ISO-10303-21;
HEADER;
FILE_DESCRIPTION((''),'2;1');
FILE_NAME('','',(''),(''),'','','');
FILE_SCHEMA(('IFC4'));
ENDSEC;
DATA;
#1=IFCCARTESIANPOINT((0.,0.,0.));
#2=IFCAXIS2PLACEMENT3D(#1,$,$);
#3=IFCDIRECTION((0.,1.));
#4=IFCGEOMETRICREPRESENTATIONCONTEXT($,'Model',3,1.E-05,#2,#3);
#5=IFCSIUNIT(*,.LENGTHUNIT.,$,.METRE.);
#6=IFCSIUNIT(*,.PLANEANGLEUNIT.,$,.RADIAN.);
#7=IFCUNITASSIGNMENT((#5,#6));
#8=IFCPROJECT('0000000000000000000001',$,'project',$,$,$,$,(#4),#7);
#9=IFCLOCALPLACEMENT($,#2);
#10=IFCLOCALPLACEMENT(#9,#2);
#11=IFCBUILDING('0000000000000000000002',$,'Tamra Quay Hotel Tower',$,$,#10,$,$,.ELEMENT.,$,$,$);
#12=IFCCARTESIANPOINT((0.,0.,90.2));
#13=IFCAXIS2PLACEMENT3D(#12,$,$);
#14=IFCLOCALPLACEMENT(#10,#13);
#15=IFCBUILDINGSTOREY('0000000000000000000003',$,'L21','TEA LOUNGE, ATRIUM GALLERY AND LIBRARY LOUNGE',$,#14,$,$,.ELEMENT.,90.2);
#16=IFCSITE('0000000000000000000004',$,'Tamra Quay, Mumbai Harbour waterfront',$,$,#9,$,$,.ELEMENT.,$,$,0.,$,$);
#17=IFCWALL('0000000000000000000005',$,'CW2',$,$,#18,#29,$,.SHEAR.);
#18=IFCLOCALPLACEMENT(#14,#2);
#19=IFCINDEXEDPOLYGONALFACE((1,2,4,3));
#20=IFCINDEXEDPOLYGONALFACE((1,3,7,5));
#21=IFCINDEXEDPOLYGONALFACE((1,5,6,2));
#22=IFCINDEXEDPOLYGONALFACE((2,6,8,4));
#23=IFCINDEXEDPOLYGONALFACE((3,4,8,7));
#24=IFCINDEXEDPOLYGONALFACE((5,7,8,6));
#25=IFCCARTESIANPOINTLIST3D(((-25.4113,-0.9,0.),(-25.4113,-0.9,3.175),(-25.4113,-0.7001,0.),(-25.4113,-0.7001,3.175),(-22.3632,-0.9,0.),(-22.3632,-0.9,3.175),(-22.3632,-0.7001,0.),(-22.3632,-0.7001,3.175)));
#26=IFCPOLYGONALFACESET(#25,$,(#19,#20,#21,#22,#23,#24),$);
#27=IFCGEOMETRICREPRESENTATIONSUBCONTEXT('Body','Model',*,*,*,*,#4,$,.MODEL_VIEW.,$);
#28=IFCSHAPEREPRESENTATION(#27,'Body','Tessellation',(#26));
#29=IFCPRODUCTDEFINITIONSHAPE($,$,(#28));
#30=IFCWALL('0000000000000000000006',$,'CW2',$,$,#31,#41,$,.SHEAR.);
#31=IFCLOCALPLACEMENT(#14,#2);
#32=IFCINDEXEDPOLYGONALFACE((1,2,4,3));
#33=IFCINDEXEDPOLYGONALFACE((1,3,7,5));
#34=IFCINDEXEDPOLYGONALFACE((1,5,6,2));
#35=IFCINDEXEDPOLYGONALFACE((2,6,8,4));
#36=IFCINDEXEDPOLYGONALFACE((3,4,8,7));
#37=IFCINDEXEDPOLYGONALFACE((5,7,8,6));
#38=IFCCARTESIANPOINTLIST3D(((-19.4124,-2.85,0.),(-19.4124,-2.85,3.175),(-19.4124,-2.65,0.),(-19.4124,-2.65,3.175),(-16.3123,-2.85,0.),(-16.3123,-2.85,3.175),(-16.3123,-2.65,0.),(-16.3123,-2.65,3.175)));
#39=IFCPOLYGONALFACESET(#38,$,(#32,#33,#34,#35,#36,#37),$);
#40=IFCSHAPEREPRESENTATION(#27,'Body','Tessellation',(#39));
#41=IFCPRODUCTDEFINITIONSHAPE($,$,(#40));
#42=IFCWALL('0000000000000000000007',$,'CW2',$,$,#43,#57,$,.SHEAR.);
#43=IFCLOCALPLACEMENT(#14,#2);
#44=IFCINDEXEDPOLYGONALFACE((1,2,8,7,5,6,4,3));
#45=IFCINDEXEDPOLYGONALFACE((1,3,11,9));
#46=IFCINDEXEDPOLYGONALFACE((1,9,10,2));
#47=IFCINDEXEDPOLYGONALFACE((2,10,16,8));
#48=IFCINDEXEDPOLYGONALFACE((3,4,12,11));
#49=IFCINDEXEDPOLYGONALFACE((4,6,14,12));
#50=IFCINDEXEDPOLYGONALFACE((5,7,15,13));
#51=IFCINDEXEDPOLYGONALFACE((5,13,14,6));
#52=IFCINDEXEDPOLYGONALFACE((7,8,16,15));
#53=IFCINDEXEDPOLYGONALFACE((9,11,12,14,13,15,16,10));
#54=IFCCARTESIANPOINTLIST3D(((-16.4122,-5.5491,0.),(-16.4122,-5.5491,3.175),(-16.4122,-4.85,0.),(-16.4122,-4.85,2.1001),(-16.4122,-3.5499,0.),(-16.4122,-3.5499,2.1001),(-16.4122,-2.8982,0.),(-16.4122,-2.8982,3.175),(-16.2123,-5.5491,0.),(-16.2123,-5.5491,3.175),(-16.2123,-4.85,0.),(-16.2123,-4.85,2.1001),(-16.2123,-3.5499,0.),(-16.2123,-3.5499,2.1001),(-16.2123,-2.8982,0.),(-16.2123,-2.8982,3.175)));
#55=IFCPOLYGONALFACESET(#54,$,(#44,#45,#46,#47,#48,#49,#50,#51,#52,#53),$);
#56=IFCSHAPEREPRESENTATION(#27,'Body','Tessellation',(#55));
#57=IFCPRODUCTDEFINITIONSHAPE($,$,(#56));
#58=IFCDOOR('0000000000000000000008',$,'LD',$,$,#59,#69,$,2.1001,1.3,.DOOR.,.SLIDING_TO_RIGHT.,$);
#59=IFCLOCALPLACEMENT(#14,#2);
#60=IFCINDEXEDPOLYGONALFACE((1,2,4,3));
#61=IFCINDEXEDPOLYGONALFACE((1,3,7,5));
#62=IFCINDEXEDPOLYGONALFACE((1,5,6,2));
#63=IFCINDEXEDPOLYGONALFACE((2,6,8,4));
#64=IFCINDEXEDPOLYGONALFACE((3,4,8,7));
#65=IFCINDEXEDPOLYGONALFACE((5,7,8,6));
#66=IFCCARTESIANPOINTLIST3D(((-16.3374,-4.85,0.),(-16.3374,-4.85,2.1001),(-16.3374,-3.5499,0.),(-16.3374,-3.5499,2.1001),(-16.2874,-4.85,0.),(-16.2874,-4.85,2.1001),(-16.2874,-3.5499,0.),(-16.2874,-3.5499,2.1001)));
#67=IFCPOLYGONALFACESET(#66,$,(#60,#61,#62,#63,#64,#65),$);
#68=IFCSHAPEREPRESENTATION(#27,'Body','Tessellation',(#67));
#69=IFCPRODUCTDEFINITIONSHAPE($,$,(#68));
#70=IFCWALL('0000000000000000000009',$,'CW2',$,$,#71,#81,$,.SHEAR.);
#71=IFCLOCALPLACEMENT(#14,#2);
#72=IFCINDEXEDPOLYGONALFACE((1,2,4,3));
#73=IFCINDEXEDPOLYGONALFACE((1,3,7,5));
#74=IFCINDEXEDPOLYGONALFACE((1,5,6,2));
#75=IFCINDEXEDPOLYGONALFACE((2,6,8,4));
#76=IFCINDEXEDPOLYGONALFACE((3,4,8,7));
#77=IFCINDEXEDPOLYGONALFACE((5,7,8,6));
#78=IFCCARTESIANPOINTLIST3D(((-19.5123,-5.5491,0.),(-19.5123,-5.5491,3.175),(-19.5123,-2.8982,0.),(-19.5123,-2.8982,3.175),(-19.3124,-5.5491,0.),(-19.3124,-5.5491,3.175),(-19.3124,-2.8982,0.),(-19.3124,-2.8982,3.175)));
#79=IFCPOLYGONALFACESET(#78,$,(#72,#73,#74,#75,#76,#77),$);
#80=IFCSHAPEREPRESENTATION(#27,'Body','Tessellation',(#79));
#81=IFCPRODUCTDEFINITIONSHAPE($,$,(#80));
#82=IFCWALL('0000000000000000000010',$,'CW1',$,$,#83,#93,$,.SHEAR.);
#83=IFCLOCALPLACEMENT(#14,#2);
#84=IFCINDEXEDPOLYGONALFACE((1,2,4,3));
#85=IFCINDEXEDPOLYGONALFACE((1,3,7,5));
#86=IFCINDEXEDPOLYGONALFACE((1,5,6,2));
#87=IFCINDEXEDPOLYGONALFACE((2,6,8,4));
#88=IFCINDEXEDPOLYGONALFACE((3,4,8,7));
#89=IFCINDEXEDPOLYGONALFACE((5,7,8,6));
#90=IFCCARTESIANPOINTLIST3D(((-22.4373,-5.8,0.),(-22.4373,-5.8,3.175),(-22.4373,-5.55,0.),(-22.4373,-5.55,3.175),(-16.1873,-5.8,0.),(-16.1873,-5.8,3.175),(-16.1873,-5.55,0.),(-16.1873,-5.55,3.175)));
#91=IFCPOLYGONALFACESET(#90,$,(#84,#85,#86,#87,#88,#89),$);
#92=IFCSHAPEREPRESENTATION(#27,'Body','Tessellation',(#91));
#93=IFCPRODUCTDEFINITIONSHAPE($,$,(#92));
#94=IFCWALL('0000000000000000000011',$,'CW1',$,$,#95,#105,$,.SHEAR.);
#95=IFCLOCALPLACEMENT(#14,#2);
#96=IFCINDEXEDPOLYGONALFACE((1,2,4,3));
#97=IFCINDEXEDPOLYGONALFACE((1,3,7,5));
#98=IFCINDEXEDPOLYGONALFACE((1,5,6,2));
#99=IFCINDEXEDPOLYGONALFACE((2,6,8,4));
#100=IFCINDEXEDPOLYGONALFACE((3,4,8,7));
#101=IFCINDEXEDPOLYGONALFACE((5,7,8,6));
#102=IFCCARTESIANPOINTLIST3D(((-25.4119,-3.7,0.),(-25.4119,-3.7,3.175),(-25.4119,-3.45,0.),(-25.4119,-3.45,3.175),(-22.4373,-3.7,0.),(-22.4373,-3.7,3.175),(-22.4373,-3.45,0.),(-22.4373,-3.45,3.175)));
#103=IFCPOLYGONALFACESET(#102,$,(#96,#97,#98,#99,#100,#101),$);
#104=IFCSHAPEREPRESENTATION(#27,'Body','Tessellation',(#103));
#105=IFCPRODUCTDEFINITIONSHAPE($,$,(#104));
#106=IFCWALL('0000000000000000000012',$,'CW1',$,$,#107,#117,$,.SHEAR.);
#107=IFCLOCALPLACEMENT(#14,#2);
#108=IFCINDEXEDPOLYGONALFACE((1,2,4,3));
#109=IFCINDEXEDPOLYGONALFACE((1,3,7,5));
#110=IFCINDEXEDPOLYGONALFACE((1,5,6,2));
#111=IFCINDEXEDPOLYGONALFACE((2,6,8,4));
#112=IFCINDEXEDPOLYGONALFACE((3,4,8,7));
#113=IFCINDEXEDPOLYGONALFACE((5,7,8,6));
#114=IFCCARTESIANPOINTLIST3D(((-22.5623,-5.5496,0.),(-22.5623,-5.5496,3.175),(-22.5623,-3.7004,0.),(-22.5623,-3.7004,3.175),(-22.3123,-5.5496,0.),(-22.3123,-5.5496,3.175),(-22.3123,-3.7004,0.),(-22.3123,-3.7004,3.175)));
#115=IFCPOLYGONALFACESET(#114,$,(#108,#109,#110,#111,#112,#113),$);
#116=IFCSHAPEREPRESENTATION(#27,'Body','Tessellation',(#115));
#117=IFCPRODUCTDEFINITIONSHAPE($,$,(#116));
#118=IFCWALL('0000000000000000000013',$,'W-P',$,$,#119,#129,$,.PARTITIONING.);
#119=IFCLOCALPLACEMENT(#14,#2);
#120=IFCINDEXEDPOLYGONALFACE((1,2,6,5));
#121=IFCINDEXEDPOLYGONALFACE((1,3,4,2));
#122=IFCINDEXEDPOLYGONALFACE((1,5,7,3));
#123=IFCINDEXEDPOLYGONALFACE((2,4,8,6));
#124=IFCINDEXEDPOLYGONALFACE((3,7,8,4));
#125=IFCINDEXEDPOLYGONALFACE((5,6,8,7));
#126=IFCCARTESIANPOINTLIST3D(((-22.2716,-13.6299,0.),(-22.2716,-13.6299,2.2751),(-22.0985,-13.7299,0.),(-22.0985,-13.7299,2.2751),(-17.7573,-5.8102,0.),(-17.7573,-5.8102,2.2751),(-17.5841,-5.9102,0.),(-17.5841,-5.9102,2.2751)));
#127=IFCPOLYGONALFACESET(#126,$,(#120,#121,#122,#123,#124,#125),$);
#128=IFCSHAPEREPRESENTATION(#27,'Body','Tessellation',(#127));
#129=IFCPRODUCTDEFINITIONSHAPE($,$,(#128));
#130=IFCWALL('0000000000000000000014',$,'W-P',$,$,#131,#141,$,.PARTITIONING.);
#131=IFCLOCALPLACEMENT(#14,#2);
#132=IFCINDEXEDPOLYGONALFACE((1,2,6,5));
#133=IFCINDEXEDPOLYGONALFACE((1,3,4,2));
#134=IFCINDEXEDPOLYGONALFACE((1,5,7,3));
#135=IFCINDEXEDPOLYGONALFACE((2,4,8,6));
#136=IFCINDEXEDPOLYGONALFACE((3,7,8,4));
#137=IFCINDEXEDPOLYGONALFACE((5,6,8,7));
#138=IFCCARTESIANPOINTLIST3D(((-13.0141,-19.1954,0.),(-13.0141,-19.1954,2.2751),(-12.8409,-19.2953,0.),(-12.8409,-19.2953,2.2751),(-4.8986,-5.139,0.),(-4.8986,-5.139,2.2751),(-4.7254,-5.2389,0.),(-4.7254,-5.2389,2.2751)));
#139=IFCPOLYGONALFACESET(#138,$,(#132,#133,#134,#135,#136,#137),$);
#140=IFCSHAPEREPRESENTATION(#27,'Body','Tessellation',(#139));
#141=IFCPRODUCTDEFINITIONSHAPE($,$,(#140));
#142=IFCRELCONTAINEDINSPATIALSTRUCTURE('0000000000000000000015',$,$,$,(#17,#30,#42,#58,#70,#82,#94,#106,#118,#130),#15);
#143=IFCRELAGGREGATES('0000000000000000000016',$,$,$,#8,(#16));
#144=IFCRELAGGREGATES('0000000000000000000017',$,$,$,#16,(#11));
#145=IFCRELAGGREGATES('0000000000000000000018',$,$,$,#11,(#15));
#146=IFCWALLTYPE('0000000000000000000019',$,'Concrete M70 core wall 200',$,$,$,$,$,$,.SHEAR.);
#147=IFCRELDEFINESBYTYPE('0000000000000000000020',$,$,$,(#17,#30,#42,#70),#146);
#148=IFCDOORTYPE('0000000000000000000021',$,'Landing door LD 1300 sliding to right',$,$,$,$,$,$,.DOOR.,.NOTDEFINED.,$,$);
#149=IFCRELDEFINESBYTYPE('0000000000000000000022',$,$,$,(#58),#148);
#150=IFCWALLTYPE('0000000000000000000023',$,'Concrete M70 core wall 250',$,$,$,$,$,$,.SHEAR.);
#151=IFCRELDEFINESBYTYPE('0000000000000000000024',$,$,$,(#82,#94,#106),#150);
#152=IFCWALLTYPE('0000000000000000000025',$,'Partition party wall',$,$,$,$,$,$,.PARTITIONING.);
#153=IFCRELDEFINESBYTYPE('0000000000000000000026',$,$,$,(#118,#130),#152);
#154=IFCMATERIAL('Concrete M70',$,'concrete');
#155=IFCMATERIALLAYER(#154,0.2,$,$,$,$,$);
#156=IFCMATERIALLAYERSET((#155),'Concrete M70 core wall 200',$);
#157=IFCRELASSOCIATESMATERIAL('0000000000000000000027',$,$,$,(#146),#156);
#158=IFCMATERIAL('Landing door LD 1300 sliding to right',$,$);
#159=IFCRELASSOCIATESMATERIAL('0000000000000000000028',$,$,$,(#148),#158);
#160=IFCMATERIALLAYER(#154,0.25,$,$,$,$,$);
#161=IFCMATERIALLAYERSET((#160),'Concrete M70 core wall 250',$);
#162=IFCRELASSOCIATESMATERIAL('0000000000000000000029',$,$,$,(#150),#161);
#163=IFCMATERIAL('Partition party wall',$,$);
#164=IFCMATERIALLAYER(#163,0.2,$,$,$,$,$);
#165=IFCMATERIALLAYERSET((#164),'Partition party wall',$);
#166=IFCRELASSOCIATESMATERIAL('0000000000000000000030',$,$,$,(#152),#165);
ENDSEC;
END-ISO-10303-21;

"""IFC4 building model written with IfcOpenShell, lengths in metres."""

from ifc_helpers import new_model, si_unit, direction, frame, frame_2d, origin, place, context, subcontext, project, spatial, rectangle, extrude, material, layer, layer_set, type_object, element, fill, save


model = new_model("IFC4")

# Units and contexts
model_context = context("Model", 3, precision=1e-05, world=origin(), true_north=direction((0.0, 1.0)))
body_context = subcontext(model_context, "Body", "Model", "MODEL_VIEW")
ifc_project = project(units=[si_unit("LENGTHUNIT", "METRE"), si_unit("PLANEANGLEUNIT", "RADIAN")], contexts=[model_context])

# Site, building, storey
site_placement = place(None, origin())
site = spatial("IfcSite", under=ifc_project, at=site_placement, Name="Tamra Quay, Mumbai Harbour waterfront", CompositionType="ELEMENT", RefElevation=0.0)
building_placement = place(site_placement, origin())
building = spatial("IfcBuilding", under=site, at=building_placement, Name="Tamra Quay Hotel Tower", CompositionType="ELEMENT")
storey_placement = place(building_placement, frame((0.0, 0.0, 90.2)))
storey = spatial("IfcBuildingStorey", under=building, at=storey_placement, Name="L21", Description="TEA LOUNGE, ATRIUM GALLERY AND LIBRARY LOUNGE", CompositionType="ELEMENT", Elevation=90.2)

# Shared definitions
ifc_material_1 = material(Name="Concrete M70", Category="concrete")

# Walls
ifc_layer_1 = layer(ifc_material_1, 0.2)
ifc_layer_set_1 = layer_set([ifc_layer_1], Name="Concrete M70 core wall 200")
wall_type_1 = type_object("IfcWallType", Name="Concrete M70 core wall 200", PredefinedType="SHEAR", material=ifc_layer_set_1)
wall_1_placement = place(storey_placement, frame((-22.3633, -0.8, 0.0), z_axis=(0.0, 0.0, 1.0), x_axis=(-1.0, 0.0, 0.0)))
element("IfcWall", 1, at=wall_1_placement, inside=storey, type_object=wall_type_1, Name="CW2", PredefinedType="SHEAR", context=body_context, shape_type="SweptSolid", body=[
    extrude(rectangle(XDim=3.0481, YDim=0.2, at=frame_2d((1.5239, 0.0))), origin(), (0.0, 0.0, 1.0), 3.175),
])
wall_2_placement = place(storey_placement, frame((-19.4124, -2.75, 0.0), z_axis=(0.0, 0.0, 1.0), x_axis=(1.0, 0.0, 0.0)))
element("IfcWall", 2, at=wall_2_placement, inside=storey, type_object=wall_type_1, Name="CW2", PredefinedType="SHEAR", context=body_context, shape_type="SweptSolid", body=[
    extrude(rectangle(XDim=3.1001, YDim=0.2, at=frame_2d((1.55, 0.0))), origin(), (0.0, 0.0, 1.0), 3.175),
])

# Wall, opening, door
wall_3_placement = place(storey_placement, frame((-16.3123, -2.8982, 0.0), z_axis=(0.0, 0.0, 1.0), x_axis=(0.0, -1.0, 0.0)))
wall_3 = element("IfcWall", 3, at=wall_3_placement, inside=storey, type_object=wall_type_1, Name="CW2", PredefinedType="SHEAR", context=body_context, shape_type="SweptSolid", body=[
    extrude(rectangle(XDim=2.6509, YDim=0.2, at=frame_2d((1.3254, 0.0))), origin(), (0.0, 0.0, 1.0), 3.175),
])
opening_placement = place(wall_3_placement, frame((0.6519, 0.0, 0.0)))
opening = element("IfcOpeningElement", 4, at=opening_placement, cuts=wall_3, PredefinedType="OPENING", context=body_context, shape_type="SweptSolid", body=[
    extrude(rectangle(XDim=1.3, YDim=2.1001, at=frame_2d((0.6499, 1.05))), frame((0.0, 0.1099, 0.0), z_axis=(0.0, -1.0, 0.0), x_axis=(1.0, 0.0, 0.0)), (0.0, 0.0, 1.0), 0.22),
])
ifc_material_2 = material(Name="Landing door LD 1300 sliding to right")
door_type = type_object("IfcDoorType", Name="Landing door LD 1300 sliding to right", OperationType="NOTDEFINED", PredefinedType="DOOR", material=ifc_material_2)
door_placement = place(opening_placement, origin())
door = element("IfcDoor", 5, at=door_placement, inside=storey, type_object=door_type, Name="LD", OperationType="SLIDING_TO_RIGHT", OverallHeight=2.1001, OverallWidth=1.3, PredefinedType="DOOR", context=body_context, shape_type="SweptSolid", body=[
    extrude(rectangle(XDim=1.3, YDim=2.1001, at=frame_2d((0.6499, 1.05))), frame((0.0, 0.0249, 0.0), z_axis=(0.0, -1.0, 0.0), x_axis=(1.0, 0.0, 0.0)), (0.0, 0.0, 1.0), 0.05),
])
fill(opening, door)

# Walls
wall_4_placement = place(storey_placement, frame((-19.4124, -5.5491, 0.0), z_axis=(0.0, 0.0, 1.0), x_axis=(0.0, 1.0, 0.0)))
element("IfcWall", 6, at=wall_4_placement, inside=storey, type_object=wall_type_1, Name="CW2", PredefinedType="SHEAR", context=body_context, shape_type="SweptSolid", body=[
    extrude(rectangle(XDim=2.6509, YDim=0.2, at=frame_2d((1.3254, 0.0))), origin(), (0.0, 0.0, 1.0), 3.175),
])
ifc_layer_2 = layer(ifc_material_1, 0.25)
ifc_layer_set_2 = layer_set([ifc_layer_2], Name="Concrete M70 core wall 250")
wall_type_2 = type_object("IfcWallType", Name="Concrete M70 core wall 250", PredefinedType="SHEAR", material=ifc_layer_set_2)
wall_5_placement = place(storey_placement, frame((-16.1873, -5.675, 0.0), z_axis=(0.0, 0.0, 1.0), x_axis=(-1.0, 0.0, 0.0)))
element("IfcWall", 7, at=wall_5_placement, inside=storey, type_object=wall_type_2, Name="CW1", PredefinedType="SHEAR", context=body_context, shape_type="SweptSolid", body=[
    extrude(rectangle(XDim=6.25, YDim=0.25, at=frame_2d((3.125, 0.0))), origin(), (0.0, 0.0, 1.0), 3.175),
])
wall_6_placement = place(storey_placement, frame((-22.4373, -3.575, 0.0), z_axis=(0.0, 0.0, 1.0), x_axis=(-1.0, 0.0, 0.0)))
element("IfcWall", 8, at=wall_6_placement, inside=storey, type_object=wall_type_2, Name="CW1", PredefinedType="SHEAR", context=body_context, shape_type="SweptSolid", body=[
    extrude(rectangle(XDim=2.9746, YDim=0.25, at=frame_2d((1.4873, 0.0))), origin(), (0.0, 0.0, 1.0), 3.175),
])
wall_7_placement = place(storey_placement, frame((-22.4373, -5.5496, 0.0), z_axis=(0.0, 0.0, 1.0), x_axis=(0.0, 1.0, 0.0)))
element("IfcWall", 9, at=wall_7_placement, inside=storey, type_object=wall_type_2, Name="CW1", PredefinedType="SHEAR", context=body_context, shape_type="SweptSolid", body=[
    extrude(rectangle(XDim=1.8491, YDim=0.25, at=frame_2d((0.9246, 0.0))), origin(), (0.0, 0.0, 1.0), 3.175),
])
ifc_material_3 = material(Name="Partition party wall")
ifc_layer_3 = layer(ifc_material_3, 0.2)
ifc_layer_set_3 = layer_set([ifc_layer_3], Name="Partition party wall")
wall_type_3 = type_object("IfcWallType", Name="Partition party wall", PredefinedType="PARTITIONING", material=ifc_layer_set_3)
wall_8_placement = place(storey_placement, frame((-22.1851, -13.6799, 0.0), z_axis=(0.0, 0.0, 1.0), x_axis=(0.499969, 0.866043, 0.0)))
element("IfcWall", 10, at=wall_8_placement, inside=storey, type_object=wall_type_3, Name="W-P", PredefinedType="PARTITIONING", context=body_context, shape_type="SweptSolid", body=[
    extrude(rectangle(XDim=9.0293, YDim=0.2, at=frame_2d((4.5146, 0.0))), origin(), (0.0, 0.0, 1.0), 2.2751),
])
wall_9_placement = place(storey_placement, frame((-12.9275, -19.2454, 0.0), z_axis=(0.0, 0.0, 1.0), x_axis=(0.500001, 0.866025, 0.0)))
element("IfcWall", 11, at=wall_9_placement, inside=storey, type_object=wall_type_3, Name="W-P", PredefinedType="PARTITIONING", context=body_context, shape_type="SweptSolid", body=[
    extrude(rectangle(XDim=16.231, YDim=0.2, at=frame_2d((8.1155, 0.0))), origin(), (0.0, 0.0, 1.0), 2.2751),
])

save(model, "model.ifc")
